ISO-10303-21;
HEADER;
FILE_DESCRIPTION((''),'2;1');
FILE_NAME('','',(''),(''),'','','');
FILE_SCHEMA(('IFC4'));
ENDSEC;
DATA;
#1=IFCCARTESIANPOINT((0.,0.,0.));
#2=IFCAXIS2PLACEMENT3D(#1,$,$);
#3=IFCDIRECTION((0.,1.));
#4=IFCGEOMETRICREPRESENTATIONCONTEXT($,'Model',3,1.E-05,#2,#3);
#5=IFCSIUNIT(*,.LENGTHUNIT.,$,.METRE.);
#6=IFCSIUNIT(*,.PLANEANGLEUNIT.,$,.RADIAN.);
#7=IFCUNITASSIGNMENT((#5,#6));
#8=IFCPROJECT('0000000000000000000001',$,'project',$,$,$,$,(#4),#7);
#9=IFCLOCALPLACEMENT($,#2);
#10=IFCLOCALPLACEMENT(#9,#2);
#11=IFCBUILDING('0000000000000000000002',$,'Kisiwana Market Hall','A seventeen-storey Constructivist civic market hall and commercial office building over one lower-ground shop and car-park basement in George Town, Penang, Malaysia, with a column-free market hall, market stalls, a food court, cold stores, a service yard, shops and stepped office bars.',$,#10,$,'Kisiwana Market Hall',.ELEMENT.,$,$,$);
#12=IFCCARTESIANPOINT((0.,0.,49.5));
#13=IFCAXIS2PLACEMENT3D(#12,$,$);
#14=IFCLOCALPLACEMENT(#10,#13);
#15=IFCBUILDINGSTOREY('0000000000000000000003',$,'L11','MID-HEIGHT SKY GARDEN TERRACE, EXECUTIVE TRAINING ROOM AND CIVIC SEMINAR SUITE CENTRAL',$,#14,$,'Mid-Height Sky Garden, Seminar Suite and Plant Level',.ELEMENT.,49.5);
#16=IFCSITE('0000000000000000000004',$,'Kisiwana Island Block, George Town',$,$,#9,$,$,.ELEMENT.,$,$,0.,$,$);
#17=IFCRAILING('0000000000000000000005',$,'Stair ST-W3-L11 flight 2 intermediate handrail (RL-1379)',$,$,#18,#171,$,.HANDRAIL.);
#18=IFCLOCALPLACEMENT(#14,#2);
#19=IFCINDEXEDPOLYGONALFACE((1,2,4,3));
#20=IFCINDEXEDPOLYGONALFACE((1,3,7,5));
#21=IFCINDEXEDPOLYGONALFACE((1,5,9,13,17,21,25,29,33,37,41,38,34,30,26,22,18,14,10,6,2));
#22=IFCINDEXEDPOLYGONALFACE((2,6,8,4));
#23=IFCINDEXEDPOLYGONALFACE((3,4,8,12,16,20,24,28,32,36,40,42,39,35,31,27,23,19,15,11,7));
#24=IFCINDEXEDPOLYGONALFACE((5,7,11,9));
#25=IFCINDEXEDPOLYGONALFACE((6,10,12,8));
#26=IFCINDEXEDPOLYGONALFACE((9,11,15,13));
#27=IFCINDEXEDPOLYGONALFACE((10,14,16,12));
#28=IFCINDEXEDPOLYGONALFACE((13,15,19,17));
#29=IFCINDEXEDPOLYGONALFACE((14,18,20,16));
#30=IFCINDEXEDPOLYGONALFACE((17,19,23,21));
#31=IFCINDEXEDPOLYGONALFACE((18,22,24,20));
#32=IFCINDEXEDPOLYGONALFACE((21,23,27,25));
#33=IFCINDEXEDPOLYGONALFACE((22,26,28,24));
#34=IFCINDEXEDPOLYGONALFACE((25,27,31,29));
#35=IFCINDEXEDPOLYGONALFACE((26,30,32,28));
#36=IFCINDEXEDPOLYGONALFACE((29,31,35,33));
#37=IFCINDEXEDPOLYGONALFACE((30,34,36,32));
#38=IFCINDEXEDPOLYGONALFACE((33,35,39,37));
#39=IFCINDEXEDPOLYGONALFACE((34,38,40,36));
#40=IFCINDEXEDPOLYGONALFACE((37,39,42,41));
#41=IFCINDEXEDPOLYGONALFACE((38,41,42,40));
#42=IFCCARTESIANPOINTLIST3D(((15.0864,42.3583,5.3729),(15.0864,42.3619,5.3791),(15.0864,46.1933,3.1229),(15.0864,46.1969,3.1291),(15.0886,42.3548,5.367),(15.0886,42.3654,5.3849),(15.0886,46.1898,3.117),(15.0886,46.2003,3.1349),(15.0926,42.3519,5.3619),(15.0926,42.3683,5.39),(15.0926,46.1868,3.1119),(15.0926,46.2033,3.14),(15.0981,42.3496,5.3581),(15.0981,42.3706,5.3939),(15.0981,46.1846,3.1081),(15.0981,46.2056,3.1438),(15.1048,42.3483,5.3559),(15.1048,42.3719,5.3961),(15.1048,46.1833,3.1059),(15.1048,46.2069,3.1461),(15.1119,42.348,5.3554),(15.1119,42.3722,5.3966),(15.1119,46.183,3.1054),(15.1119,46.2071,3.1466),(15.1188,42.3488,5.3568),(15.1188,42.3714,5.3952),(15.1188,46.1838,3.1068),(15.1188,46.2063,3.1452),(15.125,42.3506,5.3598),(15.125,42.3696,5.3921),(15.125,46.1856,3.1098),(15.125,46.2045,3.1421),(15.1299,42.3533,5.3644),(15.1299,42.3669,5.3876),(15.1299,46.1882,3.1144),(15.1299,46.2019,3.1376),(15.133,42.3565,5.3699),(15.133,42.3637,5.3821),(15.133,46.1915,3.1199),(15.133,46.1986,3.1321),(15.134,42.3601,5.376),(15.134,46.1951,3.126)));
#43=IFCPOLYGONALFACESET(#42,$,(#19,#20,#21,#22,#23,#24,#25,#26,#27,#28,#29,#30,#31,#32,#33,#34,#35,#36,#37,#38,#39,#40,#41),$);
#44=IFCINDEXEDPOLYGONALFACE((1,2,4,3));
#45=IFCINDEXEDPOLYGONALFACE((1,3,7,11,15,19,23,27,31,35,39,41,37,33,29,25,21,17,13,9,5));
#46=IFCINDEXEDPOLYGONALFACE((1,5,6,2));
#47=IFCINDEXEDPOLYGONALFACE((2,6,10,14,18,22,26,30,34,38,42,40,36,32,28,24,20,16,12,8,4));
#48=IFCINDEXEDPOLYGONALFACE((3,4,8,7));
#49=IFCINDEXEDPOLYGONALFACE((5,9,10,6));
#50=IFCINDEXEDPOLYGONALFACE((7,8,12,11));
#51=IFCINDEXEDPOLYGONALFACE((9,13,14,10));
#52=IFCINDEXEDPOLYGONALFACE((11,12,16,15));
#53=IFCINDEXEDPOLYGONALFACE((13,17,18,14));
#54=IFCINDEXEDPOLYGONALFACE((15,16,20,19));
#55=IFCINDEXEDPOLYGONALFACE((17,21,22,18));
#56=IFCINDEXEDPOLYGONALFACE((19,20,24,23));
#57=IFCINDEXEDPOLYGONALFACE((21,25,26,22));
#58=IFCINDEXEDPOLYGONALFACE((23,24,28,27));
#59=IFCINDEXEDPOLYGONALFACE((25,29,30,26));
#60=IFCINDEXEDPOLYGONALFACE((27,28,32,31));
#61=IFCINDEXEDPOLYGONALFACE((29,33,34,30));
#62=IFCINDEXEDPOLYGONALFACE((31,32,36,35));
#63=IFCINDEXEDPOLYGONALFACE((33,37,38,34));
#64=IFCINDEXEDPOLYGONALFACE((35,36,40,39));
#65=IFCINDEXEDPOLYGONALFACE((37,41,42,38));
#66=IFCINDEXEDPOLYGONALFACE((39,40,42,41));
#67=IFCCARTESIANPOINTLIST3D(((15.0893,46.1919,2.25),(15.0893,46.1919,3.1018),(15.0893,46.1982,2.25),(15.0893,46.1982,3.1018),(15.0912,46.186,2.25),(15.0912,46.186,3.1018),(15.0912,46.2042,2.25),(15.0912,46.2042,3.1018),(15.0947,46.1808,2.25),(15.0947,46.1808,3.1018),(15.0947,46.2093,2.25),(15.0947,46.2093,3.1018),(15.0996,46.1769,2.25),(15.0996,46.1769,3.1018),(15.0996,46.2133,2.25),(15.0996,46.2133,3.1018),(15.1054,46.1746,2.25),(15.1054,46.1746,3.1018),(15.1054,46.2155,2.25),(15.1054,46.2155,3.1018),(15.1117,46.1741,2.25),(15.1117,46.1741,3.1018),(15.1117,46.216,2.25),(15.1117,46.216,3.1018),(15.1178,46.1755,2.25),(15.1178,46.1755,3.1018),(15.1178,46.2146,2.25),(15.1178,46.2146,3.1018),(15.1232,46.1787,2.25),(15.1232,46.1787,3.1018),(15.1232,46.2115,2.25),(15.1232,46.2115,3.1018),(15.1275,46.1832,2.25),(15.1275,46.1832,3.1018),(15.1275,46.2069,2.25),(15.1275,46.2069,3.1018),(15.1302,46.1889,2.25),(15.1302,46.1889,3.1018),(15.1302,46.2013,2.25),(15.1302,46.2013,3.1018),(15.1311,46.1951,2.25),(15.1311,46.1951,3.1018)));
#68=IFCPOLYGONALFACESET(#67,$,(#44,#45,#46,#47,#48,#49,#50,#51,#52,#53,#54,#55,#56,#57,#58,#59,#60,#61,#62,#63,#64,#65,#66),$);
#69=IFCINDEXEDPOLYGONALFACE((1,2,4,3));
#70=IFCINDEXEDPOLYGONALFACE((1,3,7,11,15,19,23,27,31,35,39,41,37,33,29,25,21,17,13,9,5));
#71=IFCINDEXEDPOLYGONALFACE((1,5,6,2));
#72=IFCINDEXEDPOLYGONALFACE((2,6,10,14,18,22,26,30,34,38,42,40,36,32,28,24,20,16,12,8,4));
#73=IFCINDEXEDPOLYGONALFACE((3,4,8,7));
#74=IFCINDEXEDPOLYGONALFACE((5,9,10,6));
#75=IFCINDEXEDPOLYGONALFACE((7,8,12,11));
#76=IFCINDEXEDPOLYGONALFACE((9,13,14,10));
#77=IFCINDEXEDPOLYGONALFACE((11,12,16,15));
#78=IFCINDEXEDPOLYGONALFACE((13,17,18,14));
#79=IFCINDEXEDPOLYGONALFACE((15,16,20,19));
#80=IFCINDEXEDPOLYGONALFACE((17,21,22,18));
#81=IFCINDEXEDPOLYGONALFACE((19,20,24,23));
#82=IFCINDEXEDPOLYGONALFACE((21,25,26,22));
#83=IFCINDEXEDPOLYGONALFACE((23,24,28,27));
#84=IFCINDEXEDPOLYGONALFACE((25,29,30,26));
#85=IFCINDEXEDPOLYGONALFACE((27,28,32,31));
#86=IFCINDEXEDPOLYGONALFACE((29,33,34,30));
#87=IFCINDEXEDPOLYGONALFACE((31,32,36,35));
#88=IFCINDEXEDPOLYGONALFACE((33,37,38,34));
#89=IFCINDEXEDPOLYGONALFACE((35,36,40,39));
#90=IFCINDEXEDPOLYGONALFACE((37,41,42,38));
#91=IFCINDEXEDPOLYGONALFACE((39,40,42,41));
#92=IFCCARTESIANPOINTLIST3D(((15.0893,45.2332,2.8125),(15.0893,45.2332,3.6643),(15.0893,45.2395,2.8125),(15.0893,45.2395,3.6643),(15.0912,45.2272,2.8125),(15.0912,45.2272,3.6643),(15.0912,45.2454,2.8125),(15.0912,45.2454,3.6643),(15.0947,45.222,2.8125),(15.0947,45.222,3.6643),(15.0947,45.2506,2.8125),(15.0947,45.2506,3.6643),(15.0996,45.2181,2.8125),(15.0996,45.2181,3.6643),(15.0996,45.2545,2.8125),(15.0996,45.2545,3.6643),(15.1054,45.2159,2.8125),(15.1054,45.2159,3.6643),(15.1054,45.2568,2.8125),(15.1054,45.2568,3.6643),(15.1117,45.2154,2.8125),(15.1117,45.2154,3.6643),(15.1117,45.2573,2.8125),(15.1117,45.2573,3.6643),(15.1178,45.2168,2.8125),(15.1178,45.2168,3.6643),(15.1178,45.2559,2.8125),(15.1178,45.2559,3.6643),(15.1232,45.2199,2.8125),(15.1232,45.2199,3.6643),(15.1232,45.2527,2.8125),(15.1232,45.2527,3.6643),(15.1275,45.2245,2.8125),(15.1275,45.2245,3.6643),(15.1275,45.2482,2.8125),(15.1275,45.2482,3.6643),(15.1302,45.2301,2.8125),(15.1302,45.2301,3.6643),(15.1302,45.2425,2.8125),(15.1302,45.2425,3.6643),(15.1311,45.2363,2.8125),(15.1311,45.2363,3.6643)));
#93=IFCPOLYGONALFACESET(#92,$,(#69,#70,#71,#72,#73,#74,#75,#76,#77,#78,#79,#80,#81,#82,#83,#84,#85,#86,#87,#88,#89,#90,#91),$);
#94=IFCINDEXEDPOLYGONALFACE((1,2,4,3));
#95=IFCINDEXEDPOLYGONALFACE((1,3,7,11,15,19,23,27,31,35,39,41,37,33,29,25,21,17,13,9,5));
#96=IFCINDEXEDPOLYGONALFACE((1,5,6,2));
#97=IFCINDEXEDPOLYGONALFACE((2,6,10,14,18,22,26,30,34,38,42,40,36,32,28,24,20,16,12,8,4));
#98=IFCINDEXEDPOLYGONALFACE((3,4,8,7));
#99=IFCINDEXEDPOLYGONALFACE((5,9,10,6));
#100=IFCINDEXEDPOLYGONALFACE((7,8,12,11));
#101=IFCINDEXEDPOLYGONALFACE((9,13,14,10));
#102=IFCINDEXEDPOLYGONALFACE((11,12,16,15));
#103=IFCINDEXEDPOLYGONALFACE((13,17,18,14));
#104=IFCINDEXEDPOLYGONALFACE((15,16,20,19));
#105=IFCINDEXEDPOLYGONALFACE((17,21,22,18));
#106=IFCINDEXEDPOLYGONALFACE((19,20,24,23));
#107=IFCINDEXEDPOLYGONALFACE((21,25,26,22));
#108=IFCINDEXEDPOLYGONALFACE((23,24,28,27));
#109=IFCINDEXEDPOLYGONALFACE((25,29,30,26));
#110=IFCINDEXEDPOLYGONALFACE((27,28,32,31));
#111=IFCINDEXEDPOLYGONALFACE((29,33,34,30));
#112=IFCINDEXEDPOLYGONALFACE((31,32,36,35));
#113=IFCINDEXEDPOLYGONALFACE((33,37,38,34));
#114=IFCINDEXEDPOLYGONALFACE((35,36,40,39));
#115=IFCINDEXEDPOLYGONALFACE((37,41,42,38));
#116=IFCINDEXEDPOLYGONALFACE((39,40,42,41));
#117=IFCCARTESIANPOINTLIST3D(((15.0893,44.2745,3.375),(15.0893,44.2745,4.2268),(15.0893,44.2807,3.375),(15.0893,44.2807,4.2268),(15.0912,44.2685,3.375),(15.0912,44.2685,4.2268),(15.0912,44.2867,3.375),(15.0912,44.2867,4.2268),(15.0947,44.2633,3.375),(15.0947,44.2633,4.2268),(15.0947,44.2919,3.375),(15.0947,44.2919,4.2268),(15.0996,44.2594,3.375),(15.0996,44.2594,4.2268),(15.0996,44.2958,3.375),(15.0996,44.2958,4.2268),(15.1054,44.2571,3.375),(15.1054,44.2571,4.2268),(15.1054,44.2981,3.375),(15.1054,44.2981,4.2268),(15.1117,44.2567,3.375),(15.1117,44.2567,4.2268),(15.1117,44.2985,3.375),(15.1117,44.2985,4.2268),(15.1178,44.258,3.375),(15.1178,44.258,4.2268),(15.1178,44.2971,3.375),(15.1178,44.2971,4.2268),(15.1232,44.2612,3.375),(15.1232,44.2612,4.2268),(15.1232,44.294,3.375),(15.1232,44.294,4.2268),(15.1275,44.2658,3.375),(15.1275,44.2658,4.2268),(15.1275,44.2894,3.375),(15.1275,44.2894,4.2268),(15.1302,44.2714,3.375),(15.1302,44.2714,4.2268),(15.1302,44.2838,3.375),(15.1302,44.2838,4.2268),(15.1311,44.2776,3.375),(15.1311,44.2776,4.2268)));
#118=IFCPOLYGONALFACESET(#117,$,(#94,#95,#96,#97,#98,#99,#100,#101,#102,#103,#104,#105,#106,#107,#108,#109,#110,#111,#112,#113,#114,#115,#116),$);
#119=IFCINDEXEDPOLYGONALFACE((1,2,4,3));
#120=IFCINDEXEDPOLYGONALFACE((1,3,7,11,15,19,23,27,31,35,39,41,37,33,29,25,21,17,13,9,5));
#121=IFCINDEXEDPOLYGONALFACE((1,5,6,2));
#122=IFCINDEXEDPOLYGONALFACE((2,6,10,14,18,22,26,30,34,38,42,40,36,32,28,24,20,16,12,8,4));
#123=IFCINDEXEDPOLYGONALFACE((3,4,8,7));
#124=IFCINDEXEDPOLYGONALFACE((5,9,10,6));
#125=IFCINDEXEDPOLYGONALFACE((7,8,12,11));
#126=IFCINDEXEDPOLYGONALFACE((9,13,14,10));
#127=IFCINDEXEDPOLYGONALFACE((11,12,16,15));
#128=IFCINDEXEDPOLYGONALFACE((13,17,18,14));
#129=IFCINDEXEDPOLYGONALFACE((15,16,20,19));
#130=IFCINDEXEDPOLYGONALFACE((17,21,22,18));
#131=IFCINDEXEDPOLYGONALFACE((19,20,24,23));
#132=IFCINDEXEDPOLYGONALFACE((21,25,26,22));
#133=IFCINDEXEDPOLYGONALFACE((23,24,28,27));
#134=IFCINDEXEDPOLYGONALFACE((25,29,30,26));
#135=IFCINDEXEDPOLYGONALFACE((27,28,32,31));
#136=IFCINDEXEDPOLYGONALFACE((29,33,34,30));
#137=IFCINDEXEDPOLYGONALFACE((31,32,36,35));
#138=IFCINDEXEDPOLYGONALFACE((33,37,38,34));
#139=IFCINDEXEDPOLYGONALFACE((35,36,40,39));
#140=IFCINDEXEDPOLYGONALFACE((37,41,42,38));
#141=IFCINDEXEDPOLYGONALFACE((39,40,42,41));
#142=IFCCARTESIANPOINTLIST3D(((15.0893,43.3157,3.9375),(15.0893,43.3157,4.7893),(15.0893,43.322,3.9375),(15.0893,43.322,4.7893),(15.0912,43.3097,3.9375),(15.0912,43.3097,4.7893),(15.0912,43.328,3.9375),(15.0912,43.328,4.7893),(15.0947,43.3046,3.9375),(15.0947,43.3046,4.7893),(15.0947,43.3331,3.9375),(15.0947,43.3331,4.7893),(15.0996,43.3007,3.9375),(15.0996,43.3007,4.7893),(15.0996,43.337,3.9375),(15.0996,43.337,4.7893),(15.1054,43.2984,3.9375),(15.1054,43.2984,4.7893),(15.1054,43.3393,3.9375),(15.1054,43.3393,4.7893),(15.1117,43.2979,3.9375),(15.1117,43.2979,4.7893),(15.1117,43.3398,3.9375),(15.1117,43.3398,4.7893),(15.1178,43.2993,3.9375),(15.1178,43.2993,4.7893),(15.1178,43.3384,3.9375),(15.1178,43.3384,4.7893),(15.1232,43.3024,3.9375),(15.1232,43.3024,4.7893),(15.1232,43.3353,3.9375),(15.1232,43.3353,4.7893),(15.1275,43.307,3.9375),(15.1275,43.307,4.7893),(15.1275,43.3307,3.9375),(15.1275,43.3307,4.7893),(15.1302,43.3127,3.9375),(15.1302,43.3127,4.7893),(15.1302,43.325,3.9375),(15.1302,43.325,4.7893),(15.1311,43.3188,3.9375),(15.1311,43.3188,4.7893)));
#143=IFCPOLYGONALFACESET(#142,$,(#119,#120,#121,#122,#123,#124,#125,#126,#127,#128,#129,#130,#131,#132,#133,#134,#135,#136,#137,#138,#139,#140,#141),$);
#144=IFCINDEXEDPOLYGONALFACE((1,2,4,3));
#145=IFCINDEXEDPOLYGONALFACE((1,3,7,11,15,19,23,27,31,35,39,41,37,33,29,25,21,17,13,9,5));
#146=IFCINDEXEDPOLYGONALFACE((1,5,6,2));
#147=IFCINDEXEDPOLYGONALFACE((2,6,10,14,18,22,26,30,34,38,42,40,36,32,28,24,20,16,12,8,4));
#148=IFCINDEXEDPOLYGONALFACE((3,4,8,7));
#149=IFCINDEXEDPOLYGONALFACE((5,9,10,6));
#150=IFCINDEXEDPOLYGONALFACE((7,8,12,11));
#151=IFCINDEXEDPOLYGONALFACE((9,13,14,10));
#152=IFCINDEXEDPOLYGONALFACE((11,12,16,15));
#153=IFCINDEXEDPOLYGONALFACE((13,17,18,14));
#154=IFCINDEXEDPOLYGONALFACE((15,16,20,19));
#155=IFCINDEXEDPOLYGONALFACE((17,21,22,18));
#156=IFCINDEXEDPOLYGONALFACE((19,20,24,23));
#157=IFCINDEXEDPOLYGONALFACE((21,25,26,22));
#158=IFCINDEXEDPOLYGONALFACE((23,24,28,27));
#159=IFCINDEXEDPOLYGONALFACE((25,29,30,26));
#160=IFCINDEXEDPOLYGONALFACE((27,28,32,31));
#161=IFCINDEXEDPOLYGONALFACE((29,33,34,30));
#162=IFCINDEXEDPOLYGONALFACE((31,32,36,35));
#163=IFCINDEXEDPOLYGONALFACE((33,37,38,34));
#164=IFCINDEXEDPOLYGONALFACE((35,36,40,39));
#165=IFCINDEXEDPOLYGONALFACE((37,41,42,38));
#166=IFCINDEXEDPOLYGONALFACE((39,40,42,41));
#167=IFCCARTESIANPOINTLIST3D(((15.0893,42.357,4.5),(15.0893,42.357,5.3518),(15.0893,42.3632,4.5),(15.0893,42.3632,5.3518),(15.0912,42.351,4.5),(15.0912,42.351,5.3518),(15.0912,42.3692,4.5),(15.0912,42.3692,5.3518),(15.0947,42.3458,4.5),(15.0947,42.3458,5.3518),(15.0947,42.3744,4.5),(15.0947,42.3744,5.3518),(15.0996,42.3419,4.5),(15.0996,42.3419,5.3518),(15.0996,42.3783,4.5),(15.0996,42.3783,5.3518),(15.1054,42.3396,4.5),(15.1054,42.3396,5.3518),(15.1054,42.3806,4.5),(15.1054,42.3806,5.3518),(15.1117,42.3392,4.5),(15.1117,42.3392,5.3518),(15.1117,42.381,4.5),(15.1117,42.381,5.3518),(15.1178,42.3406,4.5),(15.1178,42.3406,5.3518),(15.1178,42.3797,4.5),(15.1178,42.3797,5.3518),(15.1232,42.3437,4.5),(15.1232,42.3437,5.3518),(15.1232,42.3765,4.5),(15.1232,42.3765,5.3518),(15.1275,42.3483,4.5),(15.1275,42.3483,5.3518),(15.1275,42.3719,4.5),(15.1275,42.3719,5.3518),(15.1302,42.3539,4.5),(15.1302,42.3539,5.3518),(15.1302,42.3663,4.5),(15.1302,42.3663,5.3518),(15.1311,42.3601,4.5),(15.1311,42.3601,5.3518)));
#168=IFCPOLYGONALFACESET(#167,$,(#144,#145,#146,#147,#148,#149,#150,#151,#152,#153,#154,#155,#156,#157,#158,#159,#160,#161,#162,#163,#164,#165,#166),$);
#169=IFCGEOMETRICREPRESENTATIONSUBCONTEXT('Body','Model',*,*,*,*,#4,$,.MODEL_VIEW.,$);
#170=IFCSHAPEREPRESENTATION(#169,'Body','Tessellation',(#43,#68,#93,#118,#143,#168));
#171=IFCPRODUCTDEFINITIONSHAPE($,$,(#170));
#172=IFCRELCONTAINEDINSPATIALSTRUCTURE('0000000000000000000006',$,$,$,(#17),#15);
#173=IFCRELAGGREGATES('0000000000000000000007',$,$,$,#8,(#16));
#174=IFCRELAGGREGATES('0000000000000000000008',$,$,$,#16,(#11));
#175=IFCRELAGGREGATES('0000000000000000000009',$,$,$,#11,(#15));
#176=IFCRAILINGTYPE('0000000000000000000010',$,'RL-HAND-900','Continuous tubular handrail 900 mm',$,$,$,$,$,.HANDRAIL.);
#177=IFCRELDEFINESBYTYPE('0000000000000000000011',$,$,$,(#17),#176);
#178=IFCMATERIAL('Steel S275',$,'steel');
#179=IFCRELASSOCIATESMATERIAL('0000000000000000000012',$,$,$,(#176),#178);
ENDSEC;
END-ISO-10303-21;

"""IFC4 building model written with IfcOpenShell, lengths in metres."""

from ifc_helpers import new_model, si_unit, direction, frame, origin, origin_2d, place, context, subcontext, project, spatial, circle, extrude, material, type_object, element, save


model = new_model("IFC4")

# Units and contexts
model_context = context("Model", 3, precision=1e-05, world=origin(), true_north=direction((0.0, 1.0)))
body_context = subcontext(model_context, "Body", "Model", "MODEL_VIEW")
ifc_project = project(units=[si_unit("LENGTHUNIT", "METRE"), si_unit("PLANEANGLEUNIT", "RADIAN")], contexts=[model_context])

# Site, building, storey
site_placement = place(None, origin())
site = spatial("IfcSite", under=ifc_project, at=site_placement, Name="Kisiwana Island Block, George Town", CompositionType="ELEMENT", RefElevation=0.0)
building_placement = place(site_placement, origin())
building = spatial("IfcBuilding", under=site, at=building_placement, Name="Kisiwana Market Hall", Description="A seventeen-storey Constructivist civic market hall and commercial office building over one lower-ground shop and car-park basement in George Town, Penang, Malaysia, with a column-free market hall, market stalls, a food court, cold stores, a service yard, shops and stepped office bars.", LongName="Kisiwana Market Hall", CompositionType="ELEMENT")
storey_placement = place(building_placement, frame((0.0, 0.0, 49.5)))
storey = spatial("IfcBuildingStorey", under=building, at=storey_placement, Name="L11", Description="MID-HEIGHT SKY GARDEN TERRACE, EXECUTIVE TRAINING ROOM AND CIVIC SEMINAR SUITE CENTRAL", LongName="Mid-Height Sky Garden, Seminar Suite and Plant Level", CompositionType="ELEMENT", Elevation=49.5)

# Railing
ifc_material_1 = material(Name="Steel S275", Category="steel")
railing_type_1 = type_object("IfcRailingType", Name="RL-HAND-900", Description="Continuous tubular handrail 900 mm", PredefinedType="HANDRAIL", material=ifc_material_1)
for number, where, name in (
    (1, (15.1101, 46.1951, 2.25), "Stair ST-W3-L11 flight 2 intermediate handrail (RL-1379)"),
):
    element("IfcRailing", number, at=place(storey_placement, frame(where)), inside=storey, type_object=railing_type_1, Name=name, PredefinedType="HANDRAIL", context=body_context, shape_type="SweptSolid", body=[
        extrude(circle(Radius=0.0239, at=origin_2d()), frame((0.0, 0.0, 0.876), z_axis=(0.0, -0.86251, 0.506041), x_axis=(1.0, 0.0, 0.0)), (0.0, 0.0, 1.0), 4.4463),
        extrude(circle(Radius=0.021, at=origin_2d()), origin(), (0.0, 0.0, 1.0), 0.8518),
        extrude(circle(Radius=0.021, at=origin_2d()), frame((0.0, -0.9587, 0.5625)), (0.0, 0.0, 1.0), 0.8518),
        extrude(circle(Radius=0.021, at=origin_2d()), frame((0.0, -1.9175, 1.125)), (0.0, 0.0, 1.0), 0.8518),
        extrude(circle(Radius=0.021, at=origin_2d()), frame((0.0, -2.8762, 1.6875)), (0.0, 0.0, 1.0), 0.8518),
        extrude(circle(Radius=0.021, at=origin_2d()), frame((0.0, -3.835, 2.25)), (0.0, 0.0, 1.0), 0.8518),
    ])

save(model, "model.ifc")
